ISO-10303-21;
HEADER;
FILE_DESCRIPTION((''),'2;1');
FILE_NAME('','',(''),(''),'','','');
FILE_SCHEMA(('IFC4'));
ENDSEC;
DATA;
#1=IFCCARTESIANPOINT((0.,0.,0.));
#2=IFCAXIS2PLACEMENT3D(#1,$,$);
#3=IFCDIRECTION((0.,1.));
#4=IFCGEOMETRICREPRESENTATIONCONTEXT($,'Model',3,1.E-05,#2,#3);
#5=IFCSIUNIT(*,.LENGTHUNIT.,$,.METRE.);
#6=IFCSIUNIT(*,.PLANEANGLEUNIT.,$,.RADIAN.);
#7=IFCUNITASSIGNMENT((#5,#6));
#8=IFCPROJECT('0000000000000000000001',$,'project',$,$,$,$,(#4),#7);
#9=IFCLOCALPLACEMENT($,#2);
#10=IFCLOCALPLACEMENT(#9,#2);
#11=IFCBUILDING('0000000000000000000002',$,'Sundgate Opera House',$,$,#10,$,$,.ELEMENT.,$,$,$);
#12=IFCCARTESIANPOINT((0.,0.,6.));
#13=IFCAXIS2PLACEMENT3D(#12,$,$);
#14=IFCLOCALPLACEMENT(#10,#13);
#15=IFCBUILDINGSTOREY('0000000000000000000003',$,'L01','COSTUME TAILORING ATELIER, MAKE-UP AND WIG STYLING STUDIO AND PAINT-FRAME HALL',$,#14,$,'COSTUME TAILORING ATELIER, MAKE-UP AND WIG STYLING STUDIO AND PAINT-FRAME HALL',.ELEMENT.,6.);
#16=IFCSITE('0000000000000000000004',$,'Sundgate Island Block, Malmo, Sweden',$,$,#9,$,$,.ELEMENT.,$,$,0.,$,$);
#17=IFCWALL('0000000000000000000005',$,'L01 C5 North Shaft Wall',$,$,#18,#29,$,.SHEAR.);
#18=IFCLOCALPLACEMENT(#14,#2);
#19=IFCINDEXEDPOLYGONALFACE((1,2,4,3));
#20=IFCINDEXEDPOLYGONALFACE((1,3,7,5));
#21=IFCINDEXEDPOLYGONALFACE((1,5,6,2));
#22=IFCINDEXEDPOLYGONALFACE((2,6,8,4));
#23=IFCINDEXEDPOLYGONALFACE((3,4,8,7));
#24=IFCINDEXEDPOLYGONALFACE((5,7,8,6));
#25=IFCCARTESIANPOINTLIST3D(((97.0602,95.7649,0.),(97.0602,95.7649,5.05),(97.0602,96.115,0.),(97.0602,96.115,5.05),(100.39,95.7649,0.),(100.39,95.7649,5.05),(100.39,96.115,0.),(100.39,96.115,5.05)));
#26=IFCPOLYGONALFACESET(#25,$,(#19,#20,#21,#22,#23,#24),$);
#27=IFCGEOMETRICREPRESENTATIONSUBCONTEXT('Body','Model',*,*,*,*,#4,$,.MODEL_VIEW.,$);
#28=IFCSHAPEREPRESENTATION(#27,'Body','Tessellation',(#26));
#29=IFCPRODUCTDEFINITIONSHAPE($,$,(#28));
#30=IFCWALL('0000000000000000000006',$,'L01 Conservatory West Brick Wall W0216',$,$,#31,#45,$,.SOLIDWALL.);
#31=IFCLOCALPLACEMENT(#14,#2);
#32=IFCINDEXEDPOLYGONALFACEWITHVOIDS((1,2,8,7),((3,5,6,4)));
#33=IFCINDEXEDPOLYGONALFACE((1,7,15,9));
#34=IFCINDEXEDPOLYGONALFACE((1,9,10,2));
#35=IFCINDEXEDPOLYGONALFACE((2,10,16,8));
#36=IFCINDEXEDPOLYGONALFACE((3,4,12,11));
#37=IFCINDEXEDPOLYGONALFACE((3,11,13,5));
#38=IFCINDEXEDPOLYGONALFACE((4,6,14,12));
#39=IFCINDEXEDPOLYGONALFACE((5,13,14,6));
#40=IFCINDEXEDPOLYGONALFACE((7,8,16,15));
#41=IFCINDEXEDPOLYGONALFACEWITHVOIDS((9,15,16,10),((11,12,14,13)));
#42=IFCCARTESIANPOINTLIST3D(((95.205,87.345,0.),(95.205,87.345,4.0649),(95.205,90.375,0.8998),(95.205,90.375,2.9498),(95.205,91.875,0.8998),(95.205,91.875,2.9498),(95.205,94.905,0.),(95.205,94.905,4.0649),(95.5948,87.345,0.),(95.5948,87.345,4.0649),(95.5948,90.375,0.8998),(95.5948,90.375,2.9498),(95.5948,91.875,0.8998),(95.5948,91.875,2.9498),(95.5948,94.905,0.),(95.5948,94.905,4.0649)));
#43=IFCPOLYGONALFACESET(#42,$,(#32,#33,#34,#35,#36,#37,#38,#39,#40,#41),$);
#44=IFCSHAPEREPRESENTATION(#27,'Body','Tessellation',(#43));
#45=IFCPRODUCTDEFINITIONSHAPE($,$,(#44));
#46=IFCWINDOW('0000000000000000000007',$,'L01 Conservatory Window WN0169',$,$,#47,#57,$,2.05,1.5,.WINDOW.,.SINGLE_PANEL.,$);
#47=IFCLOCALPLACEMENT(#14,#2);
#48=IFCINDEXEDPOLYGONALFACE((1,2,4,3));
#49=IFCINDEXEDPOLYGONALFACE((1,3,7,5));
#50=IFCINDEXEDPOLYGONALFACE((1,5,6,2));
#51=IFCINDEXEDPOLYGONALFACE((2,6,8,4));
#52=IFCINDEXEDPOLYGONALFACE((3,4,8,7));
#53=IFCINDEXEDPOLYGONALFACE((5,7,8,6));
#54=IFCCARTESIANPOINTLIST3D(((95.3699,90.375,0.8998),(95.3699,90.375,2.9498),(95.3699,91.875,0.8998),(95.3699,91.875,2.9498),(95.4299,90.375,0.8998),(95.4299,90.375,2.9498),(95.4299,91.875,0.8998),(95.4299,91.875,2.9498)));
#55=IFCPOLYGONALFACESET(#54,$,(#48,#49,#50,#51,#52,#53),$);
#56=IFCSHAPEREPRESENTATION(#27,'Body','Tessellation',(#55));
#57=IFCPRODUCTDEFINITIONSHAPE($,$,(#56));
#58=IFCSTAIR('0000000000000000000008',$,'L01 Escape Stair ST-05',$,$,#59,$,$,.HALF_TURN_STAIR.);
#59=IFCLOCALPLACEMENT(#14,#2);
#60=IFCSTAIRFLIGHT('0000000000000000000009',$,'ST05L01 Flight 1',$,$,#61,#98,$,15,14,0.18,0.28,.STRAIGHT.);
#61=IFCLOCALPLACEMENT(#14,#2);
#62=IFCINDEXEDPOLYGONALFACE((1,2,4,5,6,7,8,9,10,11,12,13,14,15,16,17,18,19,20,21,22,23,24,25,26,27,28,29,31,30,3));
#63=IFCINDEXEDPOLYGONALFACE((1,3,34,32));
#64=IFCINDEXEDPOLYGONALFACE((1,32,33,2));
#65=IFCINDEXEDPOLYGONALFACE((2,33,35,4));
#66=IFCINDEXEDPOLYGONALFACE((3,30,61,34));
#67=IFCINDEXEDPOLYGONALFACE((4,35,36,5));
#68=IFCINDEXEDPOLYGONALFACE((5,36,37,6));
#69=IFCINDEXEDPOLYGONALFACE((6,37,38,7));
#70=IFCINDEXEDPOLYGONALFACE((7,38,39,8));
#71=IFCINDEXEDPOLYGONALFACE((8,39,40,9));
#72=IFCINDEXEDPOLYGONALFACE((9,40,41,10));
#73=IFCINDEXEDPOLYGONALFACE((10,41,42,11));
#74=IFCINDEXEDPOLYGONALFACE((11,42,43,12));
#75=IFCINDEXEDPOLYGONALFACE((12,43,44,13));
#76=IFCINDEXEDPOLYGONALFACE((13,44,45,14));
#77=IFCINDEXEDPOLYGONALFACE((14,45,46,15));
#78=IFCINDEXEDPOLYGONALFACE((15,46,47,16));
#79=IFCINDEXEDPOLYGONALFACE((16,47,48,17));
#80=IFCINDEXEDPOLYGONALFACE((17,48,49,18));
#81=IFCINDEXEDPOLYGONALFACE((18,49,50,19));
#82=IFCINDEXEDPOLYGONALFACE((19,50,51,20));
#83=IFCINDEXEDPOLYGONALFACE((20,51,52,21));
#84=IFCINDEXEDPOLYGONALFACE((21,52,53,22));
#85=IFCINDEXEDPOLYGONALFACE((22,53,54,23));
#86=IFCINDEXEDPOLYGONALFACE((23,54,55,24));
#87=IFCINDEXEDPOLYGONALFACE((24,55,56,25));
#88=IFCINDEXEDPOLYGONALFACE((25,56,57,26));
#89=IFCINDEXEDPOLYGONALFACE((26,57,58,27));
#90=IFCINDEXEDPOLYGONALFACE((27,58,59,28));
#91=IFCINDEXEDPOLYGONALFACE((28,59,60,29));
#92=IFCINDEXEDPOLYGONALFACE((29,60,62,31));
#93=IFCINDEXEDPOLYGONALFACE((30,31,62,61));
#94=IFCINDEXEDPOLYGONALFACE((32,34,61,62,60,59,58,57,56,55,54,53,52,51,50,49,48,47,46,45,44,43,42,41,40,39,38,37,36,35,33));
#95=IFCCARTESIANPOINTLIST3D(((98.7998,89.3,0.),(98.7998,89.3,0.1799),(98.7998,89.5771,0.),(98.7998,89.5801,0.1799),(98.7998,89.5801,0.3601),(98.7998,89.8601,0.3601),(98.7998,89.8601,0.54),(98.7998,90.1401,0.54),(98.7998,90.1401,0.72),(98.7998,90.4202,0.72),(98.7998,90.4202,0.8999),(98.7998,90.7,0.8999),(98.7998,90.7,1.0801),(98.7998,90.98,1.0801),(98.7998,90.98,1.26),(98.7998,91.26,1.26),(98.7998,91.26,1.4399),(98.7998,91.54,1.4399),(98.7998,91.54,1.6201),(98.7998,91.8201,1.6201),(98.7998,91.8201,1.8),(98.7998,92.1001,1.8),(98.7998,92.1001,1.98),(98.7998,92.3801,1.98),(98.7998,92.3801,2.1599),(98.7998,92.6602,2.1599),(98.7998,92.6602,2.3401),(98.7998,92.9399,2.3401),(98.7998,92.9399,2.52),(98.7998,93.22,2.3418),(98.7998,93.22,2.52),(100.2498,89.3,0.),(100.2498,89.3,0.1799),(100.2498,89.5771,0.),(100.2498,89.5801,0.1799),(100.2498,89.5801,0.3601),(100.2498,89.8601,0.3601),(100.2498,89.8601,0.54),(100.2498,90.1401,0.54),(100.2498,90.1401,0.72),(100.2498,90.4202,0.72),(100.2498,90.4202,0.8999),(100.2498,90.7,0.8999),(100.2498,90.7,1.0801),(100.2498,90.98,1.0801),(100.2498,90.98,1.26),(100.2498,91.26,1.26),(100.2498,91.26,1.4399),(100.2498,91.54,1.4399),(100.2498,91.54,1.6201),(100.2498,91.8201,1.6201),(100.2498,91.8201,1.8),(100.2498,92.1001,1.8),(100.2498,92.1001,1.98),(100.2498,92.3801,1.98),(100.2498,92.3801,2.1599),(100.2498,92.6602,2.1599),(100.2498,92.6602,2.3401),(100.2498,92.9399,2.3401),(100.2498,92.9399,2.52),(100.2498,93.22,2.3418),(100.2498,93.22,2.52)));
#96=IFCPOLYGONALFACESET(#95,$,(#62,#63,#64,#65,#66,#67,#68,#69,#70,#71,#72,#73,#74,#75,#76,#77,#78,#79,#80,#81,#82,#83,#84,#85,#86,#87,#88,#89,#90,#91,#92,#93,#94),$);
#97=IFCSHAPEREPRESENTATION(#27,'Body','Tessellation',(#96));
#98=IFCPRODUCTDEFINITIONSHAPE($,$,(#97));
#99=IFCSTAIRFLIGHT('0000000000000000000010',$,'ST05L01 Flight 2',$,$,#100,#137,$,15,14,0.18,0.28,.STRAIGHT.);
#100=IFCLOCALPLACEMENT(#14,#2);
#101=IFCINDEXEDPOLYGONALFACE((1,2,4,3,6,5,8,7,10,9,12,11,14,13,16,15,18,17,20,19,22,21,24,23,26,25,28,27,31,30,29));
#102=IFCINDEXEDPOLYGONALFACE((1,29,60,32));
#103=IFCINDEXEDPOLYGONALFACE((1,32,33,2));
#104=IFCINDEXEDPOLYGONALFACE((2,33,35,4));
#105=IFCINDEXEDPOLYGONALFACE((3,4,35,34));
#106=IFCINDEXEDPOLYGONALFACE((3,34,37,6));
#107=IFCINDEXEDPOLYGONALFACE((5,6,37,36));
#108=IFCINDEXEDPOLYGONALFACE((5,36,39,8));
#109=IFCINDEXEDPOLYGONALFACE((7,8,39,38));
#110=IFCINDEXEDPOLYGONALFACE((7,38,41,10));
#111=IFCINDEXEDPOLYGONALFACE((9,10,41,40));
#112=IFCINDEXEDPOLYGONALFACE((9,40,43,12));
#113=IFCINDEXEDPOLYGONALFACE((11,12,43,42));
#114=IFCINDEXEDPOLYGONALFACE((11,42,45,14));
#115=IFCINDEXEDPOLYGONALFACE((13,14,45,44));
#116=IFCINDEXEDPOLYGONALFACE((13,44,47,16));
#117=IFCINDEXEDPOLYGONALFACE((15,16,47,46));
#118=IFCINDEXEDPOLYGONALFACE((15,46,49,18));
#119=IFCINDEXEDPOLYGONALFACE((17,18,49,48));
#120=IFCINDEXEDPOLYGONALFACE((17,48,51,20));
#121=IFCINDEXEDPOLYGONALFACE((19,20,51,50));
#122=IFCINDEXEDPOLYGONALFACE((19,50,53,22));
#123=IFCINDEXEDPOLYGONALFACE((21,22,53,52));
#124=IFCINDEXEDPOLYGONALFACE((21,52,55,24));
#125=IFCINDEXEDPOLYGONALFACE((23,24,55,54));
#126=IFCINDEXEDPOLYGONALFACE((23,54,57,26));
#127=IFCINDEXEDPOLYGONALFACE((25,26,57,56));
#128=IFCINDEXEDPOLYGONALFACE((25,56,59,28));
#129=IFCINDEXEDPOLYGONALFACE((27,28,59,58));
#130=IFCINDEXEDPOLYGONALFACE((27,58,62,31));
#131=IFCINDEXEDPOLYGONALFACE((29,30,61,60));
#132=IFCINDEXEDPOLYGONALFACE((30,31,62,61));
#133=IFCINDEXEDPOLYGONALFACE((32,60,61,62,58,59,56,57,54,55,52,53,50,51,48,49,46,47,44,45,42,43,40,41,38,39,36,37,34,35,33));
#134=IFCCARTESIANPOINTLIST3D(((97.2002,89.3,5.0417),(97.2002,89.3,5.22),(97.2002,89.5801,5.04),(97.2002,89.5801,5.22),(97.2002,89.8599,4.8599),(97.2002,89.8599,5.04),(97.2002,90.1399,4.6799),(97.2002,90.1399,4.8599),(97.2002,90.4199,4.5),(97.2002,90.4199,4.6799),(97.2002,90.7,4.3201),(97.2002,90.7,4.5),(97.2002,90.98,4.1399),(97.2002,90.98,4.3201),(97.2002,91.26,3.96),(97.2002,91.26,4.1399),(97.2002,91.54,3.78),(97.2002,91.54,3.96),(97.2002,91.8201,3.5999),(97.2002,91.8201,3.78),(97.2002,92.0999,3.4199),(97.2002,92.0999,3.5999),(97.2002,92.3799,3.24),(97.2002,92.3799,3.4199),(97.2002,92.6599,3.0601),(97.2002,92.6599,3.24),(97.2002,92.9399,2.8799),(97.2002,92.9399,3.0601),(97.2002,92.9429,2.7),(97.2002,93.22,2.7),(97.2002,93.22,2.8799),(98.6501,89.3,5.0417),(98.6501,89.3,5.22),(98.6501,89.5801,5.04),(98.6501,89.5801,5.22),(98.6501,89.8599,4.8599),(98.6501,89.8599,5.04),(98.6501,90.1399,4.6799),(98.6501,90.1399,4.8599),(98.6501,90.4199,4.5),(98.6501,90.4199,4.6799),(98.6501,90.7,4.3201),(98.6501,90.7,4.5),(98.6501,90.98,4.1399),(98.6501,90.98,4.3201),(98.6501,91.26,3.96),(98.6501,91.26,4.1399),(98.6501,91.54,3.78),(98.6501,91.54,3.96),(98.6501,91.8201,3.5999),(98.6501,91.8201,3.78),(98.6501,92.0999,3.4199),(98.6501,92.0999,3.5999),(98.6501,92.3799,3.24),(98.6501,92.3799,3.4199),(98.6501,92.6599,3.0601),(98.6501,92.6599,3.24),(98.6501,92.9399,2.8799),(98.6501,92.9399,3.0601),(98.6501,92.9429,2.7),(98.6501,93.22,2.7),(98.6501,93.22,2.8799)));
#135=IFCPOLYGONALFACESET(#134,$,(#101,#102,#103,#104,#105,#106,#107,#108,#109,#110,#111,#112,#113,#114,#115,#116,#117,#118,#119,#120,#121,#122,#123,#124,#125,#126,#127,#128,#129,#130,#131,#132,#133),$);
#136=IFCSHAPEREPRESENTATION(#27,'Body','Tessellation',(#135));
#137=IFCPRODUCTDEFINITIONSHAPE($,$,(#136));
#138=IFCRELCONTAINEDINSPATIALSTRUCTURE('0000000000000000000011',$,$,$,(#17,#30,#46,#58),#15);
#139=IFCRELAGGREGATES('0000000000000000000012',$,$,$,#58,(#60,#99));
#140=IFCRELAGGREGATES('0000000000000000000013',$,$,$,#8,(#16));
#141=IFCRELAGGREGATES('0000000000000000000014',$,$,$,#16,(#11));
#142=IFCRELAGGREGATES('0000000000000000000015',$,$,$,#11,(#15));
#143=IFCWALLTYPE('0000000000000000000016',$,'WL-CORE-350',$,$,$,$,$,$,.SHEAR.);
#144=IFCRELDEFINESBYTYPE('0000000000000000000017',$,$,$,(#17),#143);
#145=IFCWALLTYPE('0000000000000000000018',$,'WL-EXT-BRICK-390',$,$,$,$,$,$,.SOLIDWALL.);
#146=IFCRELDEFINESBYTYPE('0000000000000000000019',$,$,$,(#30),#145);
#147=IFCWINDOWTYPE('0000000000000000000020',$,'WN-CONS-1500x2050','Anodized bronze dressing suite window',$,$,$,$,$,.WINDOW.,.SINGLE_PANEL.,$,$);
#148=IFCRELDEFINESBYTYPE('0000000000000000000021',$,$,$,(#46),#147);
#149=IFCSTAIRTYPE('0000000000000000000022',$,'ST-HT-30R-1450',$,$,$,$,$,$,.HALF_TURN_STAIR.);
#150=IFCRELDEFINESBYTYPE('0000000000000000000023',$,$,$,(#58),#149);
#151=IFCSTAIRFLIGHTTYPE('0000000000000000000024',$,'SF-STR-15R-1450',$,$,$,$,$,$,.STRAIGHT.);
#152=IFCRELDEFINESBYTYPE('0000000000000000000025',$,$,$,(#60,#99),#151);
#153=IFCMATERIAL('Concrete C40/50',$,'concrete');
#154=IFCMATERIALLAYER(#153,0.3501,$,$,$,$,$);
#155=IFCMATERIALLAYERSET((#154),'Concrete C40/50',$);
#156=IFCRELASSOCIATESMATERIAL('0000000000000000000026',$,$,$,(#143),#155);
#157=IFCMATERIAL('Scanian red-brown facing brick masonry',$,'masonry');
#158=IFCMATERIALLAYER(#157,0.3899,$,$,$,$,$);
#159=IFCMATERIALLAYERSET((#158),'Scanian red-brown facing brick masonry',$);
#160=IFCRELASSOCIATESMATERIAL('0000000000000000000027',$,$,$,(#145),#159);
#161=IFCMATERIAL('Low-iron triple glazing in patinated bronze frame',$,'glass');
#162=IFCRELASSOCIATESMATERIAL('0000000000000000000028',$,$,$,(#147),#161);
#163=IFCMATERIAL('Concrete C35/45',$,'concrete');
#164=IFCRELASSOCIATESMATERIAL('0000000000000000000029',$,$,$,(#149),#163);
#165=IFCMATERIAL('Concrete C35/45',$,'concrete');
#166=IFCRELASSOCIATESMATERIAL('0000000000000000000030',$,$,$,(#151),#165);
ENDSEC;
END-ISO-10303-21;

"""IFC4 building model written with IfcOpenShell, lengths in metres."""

from ifc_helpers import new_model, si_unit, direction, frame, frame_2d, origin, place, context, subcontext, project, spatial, polyline, rectangle, outline, extrude, material, layer, layer_set, type_object, element, fill, aggregate, save


model = new_model("IFC4")

# Units and contexts
model_context = context("Model", 3, precision=1e-05, world=origin(), true_north=direction((0.0, 1.0)))
body_context = subcontext(model_context, "Body", "Model", "MODEL_VIEW")
ifc_project = project(units=[si_unit("LENGTHUNIT", "METRE"), si_unit("PLANEANGLEUNIT", "RADIAN")], contexts=[model_context])

# Site, building, storey
site_placement = place(None, origin())
site = spatial("IfcSite", under=ifc_project, at=site_placement, Name="Sundgate Island Block, Malmo, Sweden", CompositionType="ELEMENT", RefElevation=0.0)
building_placement = place(site_placement, origin())
building = spatial("IfcBuilding", under=site, at=building_placement, Name="Sundgate Opera House", CompositionType="ELEMENT")
storey_placement = place(building_placement, frame((0.0, 0.0, 6.0)))
storey = spatial("IfcBuildingStorey", under=building, at=storey_placement, Name="L01", Description="COSTUME TAILORING ATELIER, MAKE-UP AND WIG STYLING STUDIO AND PAINT-FRAME HALL", LongName="COSTUME TAILORING ATELIER, MAKE-UP AND WIG STYLING STUDIO AND PAINT-FRAME HALL", CompositionType="ELEMENT", Elevation=6.0)

# Wall
ifc_material_1 = material(Name="Concrete C40/50", Category="concrete")
ifc_layer_1 = layer(ifc_material_1, 0.3501)
ifc_layer_set_1 = layer_set([ifc_layer_1], Name="Concrete C40/50")
wall_type_1 = type_object("IfcWallType", Name="WL-CORE-350", PredefinedType="SHEAR", material=ifc_layer_set_1)
wall_1_placement = place(storey_placement, frame((97.0601, 95.9399, 0.0), z_axis=(0.0, 0.0, 1.0), x_axis=(1.0, 0.0, 0.0)))
element("IfcWall", 1, at=wall_1_placement, inside=storey, type_object=wall_type_1, Name="L01 C5 North Shaft Wall", PredefinedType="SHEAR", context=body_context, shape_type="SweptSolid", body=[
    extrude(rectangle(XDim=3.3298, YDim=0.3501, at=frame_2d((1.665, 0.0))), origin(), (0.0, 0.0, 1.0), 5.05),
])

# Wall, opening, window
ifc_material_2 = material(Name="Scanian red-brown facing brick masonry", Category="masonry")
ifc_layer_2 = layer(ifc_material_2, 0.3899)
ifc_layer_set_2 = layer_set([ifc_layer_2], Name="Scanian red-brown facing brick masonry")
wall_type_2 = type_object("IfcWallType", Name="WL-EXT-BRICK-390", PredefinedType="SOLIDWALL", material=ifc_layer_set_2)
wall_2_placement = place(storey_placement, frame((95.3999, 94.905, 0.0), z_axis=(0.0, 0.0, 1.0), x_axis=(0.0, -1.0, 0.0)))
wall_2 = element("IfcWall", 2, at=wall_2_placement, inside=storey, type_object=wall_type_2, Name="L01 Conservatory West Brick Wall W0216", PredefinedType="SOLIDWALL", context=body_context, shape_type="SweptSolid", body=[
    extrude(rectangle(XDim=7.5601, YDim=0.3899, at=frame_2d((3.78, 0.0))), origin(), (0.0, 0.0, 1.0), 4.0649),
])
opening_placement = place(wall_2_placement, frame((3.03, 0.0, 0.8999)))
opening = element("IfcOpeningElement", 3, at=opening_placement, cuts=wall_2, PredefinedType="OPENING", context=body_context, shape_type="SweptSolid", body=[
    extrude(rectangle(XDim=1.5, YDim=2.05, at=frame_2d((0.75, 1.0249))), frame((0.0, 0.2048, 0.0), z_axis=(0.0, -1.0, 0.0), x_axis=(1.0, 0.0, 0.0)), (0.0, 0.0, 1.0), 0.4099),
])
ifc_material_3 = material(Name="Low-iron triple glazing in patinated bronze frame", Category="glass")
window_type = type_object("IfcWindowType", Name="WN-CONS-1500x2050", Description="Anodized bronze dressing suite window", PartitioningType="SINGLE_PANEL", PredefinedType="WINDOW", material=ifc_material_3)
window_placement = place(opening_placement, origin())
window = element("IfcWindow", 4, at=window_placement, inside=storey, type_object=window_type, Name="L01 Conservatory Window WN0169", OverallHeight=2.05, OverallWidth=1.5, PartitioningType="SINGLE_PANEL", PredefinedType="WINDOW", context=body_context, shape_type="SweptSolid", body=[
    extrude(rectangle(XDim=1.5, YDim=2.05, at=frame_2d((0.75, 1.0249))), frame((0.0, 0.03, 0.0), z_axis=(0.0, -1.0, 0.0), x_axis=(1.0, 0.0, 0.0)), (0.0, 0.0, 1.0), 0.0601),
])
fill(opening, window)

# Stair, stair flights
ifc_material_4 = material(Name="Concrete C35/45", Category="concrete")
stair_type = type_object("IfcStairType", Name="ST-HT-30R-1450", PredefinedType="HALF_TURN_STAIR", material=ifc_material_4)
stair_placement = place(storey_placement, origin())
stair = element("IfcStair", 5, at=stair_placement, inside=storey, type_object=stair_type, Name="L01 Escape Stair ST-05", PredefinedType="HALF_TURN_STAIR")
ifc_material_5 = material(Name="Concrete C35/45", Category="concrete")
stair_flight_type = type_object("IfcStairFlightType", Name="SF-STR-15R-1450", PredefinedType="STRAIGHT", material=ifc_material_5)
stair_flight_1_placement = place(storey_placement, frame((99.5249, 89.3, 0.0), z_axis=(0.0, 0.0, 1.0), x_axis=(0.0, 1.0, 0.0)))
stair_flight_1 = element("IfcStairFlight", 6, at=stair_flight_1_placement, type_object=stair_flight_type, Name="ST05L01 Flight 1", NumberOfRisers=15, NumberOfTreads=14, PredefinedType="STRAIGHT", RiserHeight=0.18, TreadLength=0.28, context=body_context, shape_type="SweptSolid", body=[
    extrude(outline(polyline([(0.0, 0.0), (0.0, 0.1799), (0.28, 0.1799), (0.28, 0.3601), (0.5601, 0.3601), (0.5601, 0.54), (0.8401, 0.54), (0.8401, 0.72), (1.1201, 0.72), (1.1201, 0.8999), (1.3999, 0.8999), (1.3999, 1.0801), (1.6799, 1.0801), (1.6799, 1.26), (1.96, 1.26), (1.96, 1.4399), (2.24, 1.4399), (2.24, 1.6201), (2.52, 1.6201), (2.52, 1.8), (2.8, 1.8), (2.8, 1.98), (3.0801, 1.98), (3.0801, 2.1599), (3.3601, 2.1599), (3.3601, 2.3401), (3.6399, 2.3401), (3.6399, 2.52), (3.9199, 2.52), (3.9199, 2.7), (3.9199, 2.3418), (0.2771, 0.0), (0.0, 0.0)])), frame((0.0, 0.7251, 0.0), z_axis=(0.0, -1.0, 0.0), x_axis=(1.0, 0.0, 0.0)), (0.0, 0.0, 1.0), 1.45),
])
stair_flight_2_placement = place(storey_placement, frame((97.925, 93.22, 2.7), z_axis=(0.0, 0.0, 1.0), x_axis=(0.0, -1.0, 0.0)))
stair_flight_2 = element("IfcStairFlight", 7, at=stair_flight_2_placement, type_object=stair_flight_type, Name="ST05L01 Flight 2", NumberOfRisers=15, NumberOfTreads=14, PredefinedType="STRAIGHT", RiserHeight=0.18, TreadLength=0.28, context=body_context, shape_type="SweptSolid", body=[
    extrude(outline(polyline([(0.0, 0.0), (0.0, 0.1799), (0.28, 0.1799), (0.28, 0.3601), (0.5601, 0.3601), (0.5601, 0.54), (0.8401, 0.54), (0.8401, 0.72), (1.1201, 0.72), (1.1201, 0.8999), (1.3999, 0.8999), (1.3999, 1.0801), (1.6799, 1.0801), (1.6799, 1.26), (1.96, 1.26), (1.96, 1.4399), (2.24, 1.4399), (2.24, 1.6201), (2.52, 1.6201), (2.52, 1.8), (2.8, 1.8), (2.8, 1.98), (3.0801, 1.98), (3.0801, 2.1599), (3.3601, 2.1599), (3.3601, 2.3401), (3.6399, 2.3401), (3.6399, 2.52), (3.9199, 2.52), (3.9199, 2.7), (3.9199, 2.3418), (0.2771, 0.0), (0.0, 0.0)])), frame((0.0, 0.7251, 0.0), z_axis=(0.0, -1.0, 0.0), x_axis=(1.0, 0.0, 0.0)), (0.0, 0.0, 1.0), 1.45),
])
aggregate(stair, [stair_flight_1, stair_flight_2])

save(model, "model.ifc")
